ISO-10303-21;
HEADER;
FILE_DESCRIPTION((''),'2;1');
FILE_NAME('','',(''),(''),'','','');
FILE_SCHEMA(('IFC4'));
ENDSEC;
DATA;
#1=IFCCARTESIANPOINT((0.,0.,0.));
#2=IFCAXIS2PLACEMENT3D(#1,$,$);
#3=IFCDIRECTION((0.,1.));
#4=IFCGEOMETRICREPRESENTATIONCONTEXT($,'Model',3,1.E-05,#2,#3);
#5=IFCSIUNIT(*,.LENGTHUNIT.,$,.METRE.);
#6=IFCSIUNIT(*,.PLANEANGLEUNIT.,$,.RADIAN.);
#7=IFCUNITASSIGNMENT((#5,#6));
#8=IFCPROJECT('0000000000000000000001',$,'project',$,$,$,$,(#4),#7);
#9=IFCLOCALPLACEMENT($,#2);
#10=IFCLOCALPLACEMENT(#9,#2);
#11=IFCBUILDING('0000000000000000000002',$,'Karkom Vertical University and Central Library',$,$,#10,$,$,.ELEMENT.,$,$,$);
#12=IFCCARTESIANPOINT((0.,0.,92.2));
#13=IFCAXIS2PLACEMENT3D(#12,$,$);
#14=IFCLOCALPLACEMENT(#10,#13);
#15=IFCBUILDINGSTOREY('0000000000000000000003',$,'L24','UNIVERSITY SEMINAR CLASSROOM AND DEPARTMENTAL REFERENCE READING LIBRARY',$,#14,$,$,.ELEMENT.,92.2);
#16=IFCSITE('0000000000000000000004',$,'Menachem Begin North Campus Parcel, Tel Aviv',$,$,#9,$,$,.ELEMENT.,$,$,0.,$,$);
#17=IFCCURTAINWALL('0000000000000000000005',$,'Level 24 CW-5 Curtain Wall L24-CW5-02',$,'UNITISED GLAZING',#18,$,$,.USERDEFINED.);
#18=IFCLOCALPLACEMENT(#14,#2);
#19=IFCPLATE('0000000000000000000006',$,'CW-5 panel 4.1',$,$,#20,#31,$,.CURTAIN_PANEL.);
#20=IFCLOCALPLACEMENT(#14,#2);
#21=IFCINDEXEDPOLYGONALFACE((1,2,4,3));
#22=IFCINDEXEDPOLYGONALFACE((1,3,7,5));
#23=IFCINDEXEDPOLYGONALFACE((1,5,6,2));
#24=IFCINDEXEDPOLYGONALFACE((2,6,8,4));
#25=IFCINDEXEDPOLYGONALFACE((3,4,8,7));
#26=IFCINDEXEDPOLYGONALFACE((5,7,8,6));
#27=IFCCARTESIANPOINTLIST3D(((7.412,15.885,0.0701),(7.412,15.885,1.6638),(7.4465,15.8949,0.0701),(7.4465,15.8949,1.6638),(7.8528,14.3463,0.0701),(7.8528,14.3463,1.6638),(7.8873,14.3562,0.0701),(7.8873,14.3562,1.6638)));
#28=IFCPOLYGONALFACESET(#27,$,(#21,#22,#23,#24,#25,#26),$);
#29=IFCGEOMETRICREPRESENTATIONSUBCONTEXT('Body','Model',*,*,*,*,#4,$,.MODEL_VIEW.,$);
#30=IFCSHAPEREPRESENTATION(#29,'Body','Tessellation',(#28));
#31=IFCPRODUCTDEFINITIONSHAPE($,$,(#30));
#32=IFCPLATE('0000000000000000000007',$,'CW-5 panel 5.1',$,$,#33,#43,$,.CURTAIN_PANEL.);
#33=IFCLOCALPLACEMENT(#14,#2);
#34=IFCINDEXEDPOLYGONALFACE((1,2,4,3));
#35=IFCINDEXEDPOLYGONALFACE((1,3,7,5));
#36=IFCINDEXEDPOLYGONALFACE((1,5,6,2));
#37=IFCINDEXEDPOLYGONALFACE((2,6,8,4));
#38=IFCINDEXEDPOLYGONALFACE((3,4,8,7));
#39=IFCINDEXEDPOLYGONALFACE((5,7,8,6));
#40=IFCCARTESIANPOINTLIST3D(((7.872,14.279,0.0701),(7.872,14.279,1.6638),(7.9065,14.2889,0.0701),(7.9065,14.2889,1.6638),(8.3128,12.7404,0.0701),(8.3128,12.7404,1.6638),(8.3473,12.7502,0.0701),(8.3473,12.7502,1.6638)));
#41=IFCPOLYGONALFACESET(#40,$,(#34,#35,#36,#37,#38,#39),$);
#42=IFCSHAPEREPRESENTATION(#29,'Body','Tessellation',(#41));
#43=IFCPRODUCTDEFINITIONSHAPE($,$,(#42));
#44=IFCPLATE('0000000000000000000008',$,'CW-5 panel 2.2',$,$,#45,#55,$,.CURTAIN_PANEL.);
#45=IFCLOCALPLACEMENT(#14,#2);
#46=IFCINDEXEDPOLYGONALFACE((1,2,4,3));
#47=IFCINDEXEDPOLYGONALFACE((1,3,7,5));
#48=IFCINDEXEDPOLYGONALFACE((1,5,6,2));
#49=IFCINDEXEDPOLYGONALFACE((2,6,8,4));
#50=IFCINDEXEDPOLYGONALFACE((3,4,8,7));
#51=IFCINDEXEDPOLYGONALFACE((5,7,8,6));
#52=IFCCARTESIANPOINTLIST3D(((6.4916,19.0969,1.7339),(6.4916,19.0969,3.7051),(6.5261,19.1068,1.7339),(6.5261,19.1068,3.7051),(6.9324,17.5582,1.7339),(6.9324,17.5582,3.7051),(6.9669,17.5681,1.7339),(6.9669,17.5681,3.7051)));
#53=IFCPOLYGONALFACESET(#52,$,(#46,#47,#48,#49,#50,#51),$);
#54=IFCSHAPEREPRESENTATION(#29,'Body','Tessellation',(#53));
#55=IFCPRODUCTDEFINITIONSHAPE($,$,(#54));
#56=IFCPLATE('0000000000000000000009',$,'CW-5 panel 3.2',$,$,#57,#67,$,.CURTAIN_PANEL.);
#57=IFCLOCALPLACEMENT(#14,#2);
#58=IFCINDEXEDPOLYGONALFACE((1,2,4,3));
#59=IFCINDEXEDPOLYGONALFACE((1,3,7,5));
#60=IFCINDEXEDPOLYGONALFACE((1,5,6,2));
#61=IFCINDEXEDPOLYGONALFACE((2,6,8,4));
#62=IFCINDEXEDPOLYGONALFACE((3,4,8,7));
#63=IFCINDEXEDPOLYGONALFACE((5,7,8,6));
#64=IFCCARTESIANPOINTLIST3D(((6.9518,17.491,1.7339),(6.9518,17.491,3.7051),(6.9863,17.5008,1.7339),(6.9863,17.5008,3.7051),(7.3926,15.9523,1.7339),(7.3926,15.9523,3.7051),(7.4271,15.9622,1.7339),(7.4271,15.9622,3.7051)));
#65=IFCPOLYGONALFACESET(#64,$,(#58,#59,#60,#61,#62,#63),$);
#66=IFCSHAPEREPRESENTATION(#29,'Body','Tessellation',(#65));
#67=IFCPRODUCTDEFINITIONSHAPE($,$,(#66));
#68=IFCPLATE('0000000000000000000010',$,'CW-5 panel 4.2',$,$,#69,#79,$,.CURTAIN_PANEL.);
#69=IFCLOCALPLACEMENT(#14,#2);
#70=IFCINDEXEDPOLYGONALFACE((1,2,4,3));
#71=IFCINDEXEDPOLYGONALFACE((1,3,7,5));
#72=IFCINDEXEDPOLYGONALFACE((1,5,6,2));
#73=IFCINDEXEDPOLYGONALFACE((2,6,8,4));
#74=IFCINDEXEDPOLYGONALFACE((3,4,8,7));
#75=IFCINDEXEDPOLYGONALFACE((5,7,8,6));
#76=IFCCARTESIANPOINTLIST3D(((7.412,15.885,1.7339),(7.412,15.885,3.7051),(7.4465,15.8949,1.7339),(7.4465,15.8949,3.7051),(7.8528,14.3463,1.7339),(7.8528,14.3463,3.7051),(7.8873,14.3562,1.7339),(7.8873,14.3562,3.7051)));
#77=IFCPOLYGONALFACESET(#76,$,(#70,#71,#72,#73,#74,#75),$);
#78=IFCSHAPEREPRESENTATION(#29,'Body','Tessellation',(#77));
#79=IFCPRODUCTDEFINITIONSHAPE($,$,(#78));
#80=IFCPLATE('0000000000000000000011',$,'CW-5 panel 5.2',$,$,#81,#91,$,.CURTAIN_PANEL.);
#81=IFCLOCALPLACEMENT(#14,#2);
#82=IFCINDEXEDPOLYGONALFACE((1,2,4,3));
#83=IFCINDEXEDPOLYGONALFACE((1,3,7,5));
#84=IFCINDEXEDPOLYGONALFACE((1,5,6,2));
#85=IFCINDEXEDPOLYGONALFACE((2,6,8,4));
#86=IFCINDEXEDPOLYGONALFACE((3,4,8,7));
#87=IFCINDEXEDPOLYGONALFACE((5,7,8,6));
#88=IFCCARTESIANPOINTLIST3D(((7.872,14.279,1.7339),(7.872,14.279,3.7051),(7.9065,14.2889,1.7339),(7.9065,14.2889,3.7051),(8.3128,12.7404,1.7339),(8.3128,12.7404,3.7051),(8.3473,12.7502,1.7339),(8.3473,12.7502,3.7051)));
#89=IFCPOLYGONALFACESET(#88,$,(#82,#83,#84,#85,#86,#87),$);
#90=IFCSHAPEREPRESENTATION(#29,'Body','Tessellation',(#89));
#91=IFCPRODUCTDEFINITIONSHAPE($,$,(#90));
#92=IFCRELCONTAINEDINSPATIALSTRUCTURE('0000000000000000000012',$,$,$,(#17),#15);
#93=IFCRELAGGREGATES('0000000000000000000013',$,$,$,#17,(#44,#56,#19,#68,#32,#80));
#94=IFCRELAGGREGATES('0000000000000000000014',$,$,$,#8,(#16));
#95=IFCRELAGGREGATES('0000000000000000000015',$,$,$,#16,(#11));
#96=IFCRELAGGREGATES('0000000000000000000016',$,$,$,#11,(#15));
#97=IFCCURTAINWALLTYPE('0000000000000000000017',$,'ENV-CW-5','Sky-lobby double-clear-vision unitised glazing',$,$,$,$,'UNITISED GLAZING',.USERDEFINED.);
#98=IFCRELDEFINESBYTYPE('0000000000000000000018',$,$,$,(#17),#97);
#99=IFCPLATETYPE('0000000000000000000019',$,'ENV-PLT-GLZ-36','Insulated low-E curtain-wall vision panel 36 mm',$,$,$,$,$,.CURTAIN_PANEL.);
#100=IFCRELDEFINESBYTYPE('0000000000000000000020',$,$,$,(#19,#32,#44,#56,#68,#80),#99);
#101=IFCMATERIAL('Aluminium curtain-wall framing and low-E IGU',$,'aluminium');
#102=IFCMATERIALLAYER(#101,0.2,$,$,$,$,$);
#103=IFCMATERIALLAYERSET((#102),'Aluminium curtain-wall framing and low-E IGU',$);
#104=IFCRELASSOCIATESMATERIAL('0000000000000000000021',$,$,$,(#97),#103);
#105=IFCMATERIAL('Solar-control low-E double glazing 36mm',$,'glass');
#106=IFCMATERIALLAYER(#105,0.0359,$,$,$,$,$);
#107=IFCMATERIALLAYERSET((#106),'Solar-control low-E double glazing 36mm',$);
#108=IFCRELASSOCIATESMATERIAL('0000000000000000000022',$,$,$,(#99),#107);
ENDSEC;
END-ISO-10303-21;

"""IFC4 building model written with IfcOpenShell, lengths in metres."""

from ifc_helpers import new_model, si_unit, direction, frame, origin, origin_with_axes, origin_2d, place, context, subcontext, project, spatial, rectangle, extrude, source, transform, mapped, material, layer, layer_set, type_object, element, aggregate, save


model = new_model("IFC4")

# Units and contexts
model_context = context("Model", 3, precision=1e-05, world=origin(), true_north=direction((0.0, 1.0)))
body_context = subcontext(model_context, "Body", "Model", "MODEL_VIEW")
ifc_project = project(units=[si_unit("LENGTHUNIT", "METRE"), si_unit("PLANEANGLEUNIT", "RADIAN")], contexts=[model_context])

# Site, building, storey
site_placement = place(None, origin())
site = spatial("IfcSite", under=ifc_project, at=site_placement, Name="Menachem Begin North Campus Parcel, Tel Aviv", CompositionType="ELEMENT", RefElevation=0.0)
building_placement = place(site_placement, origin())
building = spatial("IfcBuilding", under=site, at=building_placement, Name="Karkom Vertical University and Central Library", CompositionType="ELEMENT")
storey_placement = place(building_placement, frame((0.0, 0.0, 92.2)))
storey = spatial("IfcBuildingStorey", under=building, at=storey_placement, Name="L24", Description="UNIVERSITY SEMINAR CLASSROOM AND DEPARTMENTAL REFERENCE READING LIBRARY", CompositionType="ELEMENT", Elevation=92.2)

# Curtain wall, plates
ifc_material_1 = material(Name="Aluminium curtain-wall framing and low-E IGU", Category="aluminium")
ifc_layer_1 = layer(ifc_material_1, 0.2)
ifc_layer_set_1 = layer_set([ifc_layer_1], Name="Aluminium curtain-wall framing and low-E IGU")
curtain_wall_type = type_object("IfcCurtainWallType", Name="ENV-CW-5", Description="Sky-lobby double-clear-vision unitised glazing", ElementType="UNITISED GLAZING", PredefinedType="USERDEFINED", material=ifc_layer_set_1)
curtain_wall_placement = place(storey_placement, origin())
curtain_wall = element("IfcCurtainWall", 1, at=curtain_wall_placement, inside=storey, type_object=curtain_wall_type, Name="Level 24 CW-5 Curtain Wall L24-CW5-02", ObjectType="UNITISED GLAZING", PredefinedType="USERDEFINED")
ifc_material_2 = material(Name="Solar-control low-E double glazing 36mm", Category="glass")
ifc_layer_2 = layer(ifc_material_2, 0.0359)
ifc_layer_set_2 = layer_set([ifc_layer_2], Name="Solar-control low-E double glazing 36mm")
plate_type = type_object("IfcPlateType", Name="ENV-PLT-GLZ-36", Description="Insulated low-E curtain-wall vision panel 36 mm", PredefinedType="CURTAIN_PANEL", material=ifc_layer_set_2)
shared_shape_1 = source(origin_with_axes(), body_context, "Body", "SweptSolid", [
    extrude(rectangle(XDim=1.6006, YDim=0.0359, at=origin_2d()), origin(), (0.0, 0.0, 1.0), 1.5938),
])
plate_1_placement = place(storey_placement, frame((7.6497, 15.1206, 0.0701), z_axis=(0.0, 0.0, 1.0), x_axis=(0.275417, -0.961325, 0.0)))
plate_1 = element("IfcPlate", 2, at=plate_1_placement, type_object=plate_type, Name="CW-5 panel 4.1", PredefinedType="CURTAIN_PANEL", context=body_context, shape_type="MappedRepresentation", body=[
    mapped(shared_shape_1, transform((0.0, 0.0, 0.0), scale=1.0)),
])
plate_2_placement = place(storey_placement, frame((8.1096, 13.5146, 0.0701), z_axis=(0.0, 0.0, 1.0), x_axis=(0.275417, -0.961325, 0.0)))
plate_2 = element("IfcPlate", 3, at=plate_2_placement, type_object=plate_type, Name="CW-5 panel 5.1", PredefinedType="CURTAIN_PANEL", context=body_context, shape_type="MappedRepresentation", body=[
    mapped(shared_shape_1, transform((0.0, 0.0, 0.0), scale=1.0)),
])
shared_shape_2 = source(origin_with_axes(), body_context, "Body", "SweptSolid", [
    extrude(rectangle(XDim=1.6006, YDim=0.0359, at=origin_2d()), origin(), (0.0, 0.0, 1.0), 1.9712),
])
plate_3_placement = place(storey_placement, frame((6.7292, 18.3325, 1.7339), z_axis=(0.0, 0.0, 1.0), x_axis=(0.275417, -0.961325, 0.0)))
plate_3 = element("IfcPlate", 4, at=plate_3_placement, type_object=plate_type, Name="CW-5 panel 2.2", PredefinedType="CURTAIN_PANEL", context=body_context, shape_type="MappedRepresentation", body=[
    mapped(shared_shape_2, transform((0.0, 0.0, 0.0), scale=1.0)),
])
plate_4_placement = place(storey_placement, frame((7.1895, 16.7266, 1.7339), z_axis=(0.0, 0.0, 1.0), x_axis=(0.275417, -0.961325, 0.0)))
plate_4 = element("IfcPlate", 5, at=plate_4_placement, type_object=plate_type, Name="CW-5 panel 3.2", PredefinedType="CURTAIN_PANEL", context=body_context, shape_type="MappedRepresentation", body=[
    mapped(shared_shape_2, transform((0.0, 0.0, 0.0), scale=1.0)),
])
plate_5_placement = place(storey_placement, frame((7.6497, 15.1206, 1.7339), z_axis=(0.0, 0.0, 1.0), x_axis=(0.275417, -0.961325, 0.0)))
plate_5 = element("IfcPlate", 6, at=plate_5_placement, type_object=plate_type, Name="CW-5 panel 4.2", PredefinedType="CURTAIN_PANEL", context=body_context, shape_type="MappedRepresentation", body=[
    mapped(shared_shape_2, transform((0.0, 0.0, 0.0), scale=1.0)),
])
plate_6_placement = place(storey_placement, frame((8.1096, 13.5146, 1.7339), z_axis=(0.0, 0.0, 1.0), x_axis=(0.275417, -0.961325, 0.0)))
plate_6 = element("IfcPlate", 7, at=plate_6_placement, type_object=plate_type, Name="CW-5 panel 5.2", PredefinedType="CURTAIN_PANEL", context=body_context, shape_type="MappedRepresentation", body=[
    mapped(shared_shape_2, transform((0.0, 0.0, 0.0), scale=1.0)),
])
aggregate(curtain_wall, [plate_3, plate_4, plate_1, plate_5, plate_2, plate_6])

save(model, "model.ifc")
